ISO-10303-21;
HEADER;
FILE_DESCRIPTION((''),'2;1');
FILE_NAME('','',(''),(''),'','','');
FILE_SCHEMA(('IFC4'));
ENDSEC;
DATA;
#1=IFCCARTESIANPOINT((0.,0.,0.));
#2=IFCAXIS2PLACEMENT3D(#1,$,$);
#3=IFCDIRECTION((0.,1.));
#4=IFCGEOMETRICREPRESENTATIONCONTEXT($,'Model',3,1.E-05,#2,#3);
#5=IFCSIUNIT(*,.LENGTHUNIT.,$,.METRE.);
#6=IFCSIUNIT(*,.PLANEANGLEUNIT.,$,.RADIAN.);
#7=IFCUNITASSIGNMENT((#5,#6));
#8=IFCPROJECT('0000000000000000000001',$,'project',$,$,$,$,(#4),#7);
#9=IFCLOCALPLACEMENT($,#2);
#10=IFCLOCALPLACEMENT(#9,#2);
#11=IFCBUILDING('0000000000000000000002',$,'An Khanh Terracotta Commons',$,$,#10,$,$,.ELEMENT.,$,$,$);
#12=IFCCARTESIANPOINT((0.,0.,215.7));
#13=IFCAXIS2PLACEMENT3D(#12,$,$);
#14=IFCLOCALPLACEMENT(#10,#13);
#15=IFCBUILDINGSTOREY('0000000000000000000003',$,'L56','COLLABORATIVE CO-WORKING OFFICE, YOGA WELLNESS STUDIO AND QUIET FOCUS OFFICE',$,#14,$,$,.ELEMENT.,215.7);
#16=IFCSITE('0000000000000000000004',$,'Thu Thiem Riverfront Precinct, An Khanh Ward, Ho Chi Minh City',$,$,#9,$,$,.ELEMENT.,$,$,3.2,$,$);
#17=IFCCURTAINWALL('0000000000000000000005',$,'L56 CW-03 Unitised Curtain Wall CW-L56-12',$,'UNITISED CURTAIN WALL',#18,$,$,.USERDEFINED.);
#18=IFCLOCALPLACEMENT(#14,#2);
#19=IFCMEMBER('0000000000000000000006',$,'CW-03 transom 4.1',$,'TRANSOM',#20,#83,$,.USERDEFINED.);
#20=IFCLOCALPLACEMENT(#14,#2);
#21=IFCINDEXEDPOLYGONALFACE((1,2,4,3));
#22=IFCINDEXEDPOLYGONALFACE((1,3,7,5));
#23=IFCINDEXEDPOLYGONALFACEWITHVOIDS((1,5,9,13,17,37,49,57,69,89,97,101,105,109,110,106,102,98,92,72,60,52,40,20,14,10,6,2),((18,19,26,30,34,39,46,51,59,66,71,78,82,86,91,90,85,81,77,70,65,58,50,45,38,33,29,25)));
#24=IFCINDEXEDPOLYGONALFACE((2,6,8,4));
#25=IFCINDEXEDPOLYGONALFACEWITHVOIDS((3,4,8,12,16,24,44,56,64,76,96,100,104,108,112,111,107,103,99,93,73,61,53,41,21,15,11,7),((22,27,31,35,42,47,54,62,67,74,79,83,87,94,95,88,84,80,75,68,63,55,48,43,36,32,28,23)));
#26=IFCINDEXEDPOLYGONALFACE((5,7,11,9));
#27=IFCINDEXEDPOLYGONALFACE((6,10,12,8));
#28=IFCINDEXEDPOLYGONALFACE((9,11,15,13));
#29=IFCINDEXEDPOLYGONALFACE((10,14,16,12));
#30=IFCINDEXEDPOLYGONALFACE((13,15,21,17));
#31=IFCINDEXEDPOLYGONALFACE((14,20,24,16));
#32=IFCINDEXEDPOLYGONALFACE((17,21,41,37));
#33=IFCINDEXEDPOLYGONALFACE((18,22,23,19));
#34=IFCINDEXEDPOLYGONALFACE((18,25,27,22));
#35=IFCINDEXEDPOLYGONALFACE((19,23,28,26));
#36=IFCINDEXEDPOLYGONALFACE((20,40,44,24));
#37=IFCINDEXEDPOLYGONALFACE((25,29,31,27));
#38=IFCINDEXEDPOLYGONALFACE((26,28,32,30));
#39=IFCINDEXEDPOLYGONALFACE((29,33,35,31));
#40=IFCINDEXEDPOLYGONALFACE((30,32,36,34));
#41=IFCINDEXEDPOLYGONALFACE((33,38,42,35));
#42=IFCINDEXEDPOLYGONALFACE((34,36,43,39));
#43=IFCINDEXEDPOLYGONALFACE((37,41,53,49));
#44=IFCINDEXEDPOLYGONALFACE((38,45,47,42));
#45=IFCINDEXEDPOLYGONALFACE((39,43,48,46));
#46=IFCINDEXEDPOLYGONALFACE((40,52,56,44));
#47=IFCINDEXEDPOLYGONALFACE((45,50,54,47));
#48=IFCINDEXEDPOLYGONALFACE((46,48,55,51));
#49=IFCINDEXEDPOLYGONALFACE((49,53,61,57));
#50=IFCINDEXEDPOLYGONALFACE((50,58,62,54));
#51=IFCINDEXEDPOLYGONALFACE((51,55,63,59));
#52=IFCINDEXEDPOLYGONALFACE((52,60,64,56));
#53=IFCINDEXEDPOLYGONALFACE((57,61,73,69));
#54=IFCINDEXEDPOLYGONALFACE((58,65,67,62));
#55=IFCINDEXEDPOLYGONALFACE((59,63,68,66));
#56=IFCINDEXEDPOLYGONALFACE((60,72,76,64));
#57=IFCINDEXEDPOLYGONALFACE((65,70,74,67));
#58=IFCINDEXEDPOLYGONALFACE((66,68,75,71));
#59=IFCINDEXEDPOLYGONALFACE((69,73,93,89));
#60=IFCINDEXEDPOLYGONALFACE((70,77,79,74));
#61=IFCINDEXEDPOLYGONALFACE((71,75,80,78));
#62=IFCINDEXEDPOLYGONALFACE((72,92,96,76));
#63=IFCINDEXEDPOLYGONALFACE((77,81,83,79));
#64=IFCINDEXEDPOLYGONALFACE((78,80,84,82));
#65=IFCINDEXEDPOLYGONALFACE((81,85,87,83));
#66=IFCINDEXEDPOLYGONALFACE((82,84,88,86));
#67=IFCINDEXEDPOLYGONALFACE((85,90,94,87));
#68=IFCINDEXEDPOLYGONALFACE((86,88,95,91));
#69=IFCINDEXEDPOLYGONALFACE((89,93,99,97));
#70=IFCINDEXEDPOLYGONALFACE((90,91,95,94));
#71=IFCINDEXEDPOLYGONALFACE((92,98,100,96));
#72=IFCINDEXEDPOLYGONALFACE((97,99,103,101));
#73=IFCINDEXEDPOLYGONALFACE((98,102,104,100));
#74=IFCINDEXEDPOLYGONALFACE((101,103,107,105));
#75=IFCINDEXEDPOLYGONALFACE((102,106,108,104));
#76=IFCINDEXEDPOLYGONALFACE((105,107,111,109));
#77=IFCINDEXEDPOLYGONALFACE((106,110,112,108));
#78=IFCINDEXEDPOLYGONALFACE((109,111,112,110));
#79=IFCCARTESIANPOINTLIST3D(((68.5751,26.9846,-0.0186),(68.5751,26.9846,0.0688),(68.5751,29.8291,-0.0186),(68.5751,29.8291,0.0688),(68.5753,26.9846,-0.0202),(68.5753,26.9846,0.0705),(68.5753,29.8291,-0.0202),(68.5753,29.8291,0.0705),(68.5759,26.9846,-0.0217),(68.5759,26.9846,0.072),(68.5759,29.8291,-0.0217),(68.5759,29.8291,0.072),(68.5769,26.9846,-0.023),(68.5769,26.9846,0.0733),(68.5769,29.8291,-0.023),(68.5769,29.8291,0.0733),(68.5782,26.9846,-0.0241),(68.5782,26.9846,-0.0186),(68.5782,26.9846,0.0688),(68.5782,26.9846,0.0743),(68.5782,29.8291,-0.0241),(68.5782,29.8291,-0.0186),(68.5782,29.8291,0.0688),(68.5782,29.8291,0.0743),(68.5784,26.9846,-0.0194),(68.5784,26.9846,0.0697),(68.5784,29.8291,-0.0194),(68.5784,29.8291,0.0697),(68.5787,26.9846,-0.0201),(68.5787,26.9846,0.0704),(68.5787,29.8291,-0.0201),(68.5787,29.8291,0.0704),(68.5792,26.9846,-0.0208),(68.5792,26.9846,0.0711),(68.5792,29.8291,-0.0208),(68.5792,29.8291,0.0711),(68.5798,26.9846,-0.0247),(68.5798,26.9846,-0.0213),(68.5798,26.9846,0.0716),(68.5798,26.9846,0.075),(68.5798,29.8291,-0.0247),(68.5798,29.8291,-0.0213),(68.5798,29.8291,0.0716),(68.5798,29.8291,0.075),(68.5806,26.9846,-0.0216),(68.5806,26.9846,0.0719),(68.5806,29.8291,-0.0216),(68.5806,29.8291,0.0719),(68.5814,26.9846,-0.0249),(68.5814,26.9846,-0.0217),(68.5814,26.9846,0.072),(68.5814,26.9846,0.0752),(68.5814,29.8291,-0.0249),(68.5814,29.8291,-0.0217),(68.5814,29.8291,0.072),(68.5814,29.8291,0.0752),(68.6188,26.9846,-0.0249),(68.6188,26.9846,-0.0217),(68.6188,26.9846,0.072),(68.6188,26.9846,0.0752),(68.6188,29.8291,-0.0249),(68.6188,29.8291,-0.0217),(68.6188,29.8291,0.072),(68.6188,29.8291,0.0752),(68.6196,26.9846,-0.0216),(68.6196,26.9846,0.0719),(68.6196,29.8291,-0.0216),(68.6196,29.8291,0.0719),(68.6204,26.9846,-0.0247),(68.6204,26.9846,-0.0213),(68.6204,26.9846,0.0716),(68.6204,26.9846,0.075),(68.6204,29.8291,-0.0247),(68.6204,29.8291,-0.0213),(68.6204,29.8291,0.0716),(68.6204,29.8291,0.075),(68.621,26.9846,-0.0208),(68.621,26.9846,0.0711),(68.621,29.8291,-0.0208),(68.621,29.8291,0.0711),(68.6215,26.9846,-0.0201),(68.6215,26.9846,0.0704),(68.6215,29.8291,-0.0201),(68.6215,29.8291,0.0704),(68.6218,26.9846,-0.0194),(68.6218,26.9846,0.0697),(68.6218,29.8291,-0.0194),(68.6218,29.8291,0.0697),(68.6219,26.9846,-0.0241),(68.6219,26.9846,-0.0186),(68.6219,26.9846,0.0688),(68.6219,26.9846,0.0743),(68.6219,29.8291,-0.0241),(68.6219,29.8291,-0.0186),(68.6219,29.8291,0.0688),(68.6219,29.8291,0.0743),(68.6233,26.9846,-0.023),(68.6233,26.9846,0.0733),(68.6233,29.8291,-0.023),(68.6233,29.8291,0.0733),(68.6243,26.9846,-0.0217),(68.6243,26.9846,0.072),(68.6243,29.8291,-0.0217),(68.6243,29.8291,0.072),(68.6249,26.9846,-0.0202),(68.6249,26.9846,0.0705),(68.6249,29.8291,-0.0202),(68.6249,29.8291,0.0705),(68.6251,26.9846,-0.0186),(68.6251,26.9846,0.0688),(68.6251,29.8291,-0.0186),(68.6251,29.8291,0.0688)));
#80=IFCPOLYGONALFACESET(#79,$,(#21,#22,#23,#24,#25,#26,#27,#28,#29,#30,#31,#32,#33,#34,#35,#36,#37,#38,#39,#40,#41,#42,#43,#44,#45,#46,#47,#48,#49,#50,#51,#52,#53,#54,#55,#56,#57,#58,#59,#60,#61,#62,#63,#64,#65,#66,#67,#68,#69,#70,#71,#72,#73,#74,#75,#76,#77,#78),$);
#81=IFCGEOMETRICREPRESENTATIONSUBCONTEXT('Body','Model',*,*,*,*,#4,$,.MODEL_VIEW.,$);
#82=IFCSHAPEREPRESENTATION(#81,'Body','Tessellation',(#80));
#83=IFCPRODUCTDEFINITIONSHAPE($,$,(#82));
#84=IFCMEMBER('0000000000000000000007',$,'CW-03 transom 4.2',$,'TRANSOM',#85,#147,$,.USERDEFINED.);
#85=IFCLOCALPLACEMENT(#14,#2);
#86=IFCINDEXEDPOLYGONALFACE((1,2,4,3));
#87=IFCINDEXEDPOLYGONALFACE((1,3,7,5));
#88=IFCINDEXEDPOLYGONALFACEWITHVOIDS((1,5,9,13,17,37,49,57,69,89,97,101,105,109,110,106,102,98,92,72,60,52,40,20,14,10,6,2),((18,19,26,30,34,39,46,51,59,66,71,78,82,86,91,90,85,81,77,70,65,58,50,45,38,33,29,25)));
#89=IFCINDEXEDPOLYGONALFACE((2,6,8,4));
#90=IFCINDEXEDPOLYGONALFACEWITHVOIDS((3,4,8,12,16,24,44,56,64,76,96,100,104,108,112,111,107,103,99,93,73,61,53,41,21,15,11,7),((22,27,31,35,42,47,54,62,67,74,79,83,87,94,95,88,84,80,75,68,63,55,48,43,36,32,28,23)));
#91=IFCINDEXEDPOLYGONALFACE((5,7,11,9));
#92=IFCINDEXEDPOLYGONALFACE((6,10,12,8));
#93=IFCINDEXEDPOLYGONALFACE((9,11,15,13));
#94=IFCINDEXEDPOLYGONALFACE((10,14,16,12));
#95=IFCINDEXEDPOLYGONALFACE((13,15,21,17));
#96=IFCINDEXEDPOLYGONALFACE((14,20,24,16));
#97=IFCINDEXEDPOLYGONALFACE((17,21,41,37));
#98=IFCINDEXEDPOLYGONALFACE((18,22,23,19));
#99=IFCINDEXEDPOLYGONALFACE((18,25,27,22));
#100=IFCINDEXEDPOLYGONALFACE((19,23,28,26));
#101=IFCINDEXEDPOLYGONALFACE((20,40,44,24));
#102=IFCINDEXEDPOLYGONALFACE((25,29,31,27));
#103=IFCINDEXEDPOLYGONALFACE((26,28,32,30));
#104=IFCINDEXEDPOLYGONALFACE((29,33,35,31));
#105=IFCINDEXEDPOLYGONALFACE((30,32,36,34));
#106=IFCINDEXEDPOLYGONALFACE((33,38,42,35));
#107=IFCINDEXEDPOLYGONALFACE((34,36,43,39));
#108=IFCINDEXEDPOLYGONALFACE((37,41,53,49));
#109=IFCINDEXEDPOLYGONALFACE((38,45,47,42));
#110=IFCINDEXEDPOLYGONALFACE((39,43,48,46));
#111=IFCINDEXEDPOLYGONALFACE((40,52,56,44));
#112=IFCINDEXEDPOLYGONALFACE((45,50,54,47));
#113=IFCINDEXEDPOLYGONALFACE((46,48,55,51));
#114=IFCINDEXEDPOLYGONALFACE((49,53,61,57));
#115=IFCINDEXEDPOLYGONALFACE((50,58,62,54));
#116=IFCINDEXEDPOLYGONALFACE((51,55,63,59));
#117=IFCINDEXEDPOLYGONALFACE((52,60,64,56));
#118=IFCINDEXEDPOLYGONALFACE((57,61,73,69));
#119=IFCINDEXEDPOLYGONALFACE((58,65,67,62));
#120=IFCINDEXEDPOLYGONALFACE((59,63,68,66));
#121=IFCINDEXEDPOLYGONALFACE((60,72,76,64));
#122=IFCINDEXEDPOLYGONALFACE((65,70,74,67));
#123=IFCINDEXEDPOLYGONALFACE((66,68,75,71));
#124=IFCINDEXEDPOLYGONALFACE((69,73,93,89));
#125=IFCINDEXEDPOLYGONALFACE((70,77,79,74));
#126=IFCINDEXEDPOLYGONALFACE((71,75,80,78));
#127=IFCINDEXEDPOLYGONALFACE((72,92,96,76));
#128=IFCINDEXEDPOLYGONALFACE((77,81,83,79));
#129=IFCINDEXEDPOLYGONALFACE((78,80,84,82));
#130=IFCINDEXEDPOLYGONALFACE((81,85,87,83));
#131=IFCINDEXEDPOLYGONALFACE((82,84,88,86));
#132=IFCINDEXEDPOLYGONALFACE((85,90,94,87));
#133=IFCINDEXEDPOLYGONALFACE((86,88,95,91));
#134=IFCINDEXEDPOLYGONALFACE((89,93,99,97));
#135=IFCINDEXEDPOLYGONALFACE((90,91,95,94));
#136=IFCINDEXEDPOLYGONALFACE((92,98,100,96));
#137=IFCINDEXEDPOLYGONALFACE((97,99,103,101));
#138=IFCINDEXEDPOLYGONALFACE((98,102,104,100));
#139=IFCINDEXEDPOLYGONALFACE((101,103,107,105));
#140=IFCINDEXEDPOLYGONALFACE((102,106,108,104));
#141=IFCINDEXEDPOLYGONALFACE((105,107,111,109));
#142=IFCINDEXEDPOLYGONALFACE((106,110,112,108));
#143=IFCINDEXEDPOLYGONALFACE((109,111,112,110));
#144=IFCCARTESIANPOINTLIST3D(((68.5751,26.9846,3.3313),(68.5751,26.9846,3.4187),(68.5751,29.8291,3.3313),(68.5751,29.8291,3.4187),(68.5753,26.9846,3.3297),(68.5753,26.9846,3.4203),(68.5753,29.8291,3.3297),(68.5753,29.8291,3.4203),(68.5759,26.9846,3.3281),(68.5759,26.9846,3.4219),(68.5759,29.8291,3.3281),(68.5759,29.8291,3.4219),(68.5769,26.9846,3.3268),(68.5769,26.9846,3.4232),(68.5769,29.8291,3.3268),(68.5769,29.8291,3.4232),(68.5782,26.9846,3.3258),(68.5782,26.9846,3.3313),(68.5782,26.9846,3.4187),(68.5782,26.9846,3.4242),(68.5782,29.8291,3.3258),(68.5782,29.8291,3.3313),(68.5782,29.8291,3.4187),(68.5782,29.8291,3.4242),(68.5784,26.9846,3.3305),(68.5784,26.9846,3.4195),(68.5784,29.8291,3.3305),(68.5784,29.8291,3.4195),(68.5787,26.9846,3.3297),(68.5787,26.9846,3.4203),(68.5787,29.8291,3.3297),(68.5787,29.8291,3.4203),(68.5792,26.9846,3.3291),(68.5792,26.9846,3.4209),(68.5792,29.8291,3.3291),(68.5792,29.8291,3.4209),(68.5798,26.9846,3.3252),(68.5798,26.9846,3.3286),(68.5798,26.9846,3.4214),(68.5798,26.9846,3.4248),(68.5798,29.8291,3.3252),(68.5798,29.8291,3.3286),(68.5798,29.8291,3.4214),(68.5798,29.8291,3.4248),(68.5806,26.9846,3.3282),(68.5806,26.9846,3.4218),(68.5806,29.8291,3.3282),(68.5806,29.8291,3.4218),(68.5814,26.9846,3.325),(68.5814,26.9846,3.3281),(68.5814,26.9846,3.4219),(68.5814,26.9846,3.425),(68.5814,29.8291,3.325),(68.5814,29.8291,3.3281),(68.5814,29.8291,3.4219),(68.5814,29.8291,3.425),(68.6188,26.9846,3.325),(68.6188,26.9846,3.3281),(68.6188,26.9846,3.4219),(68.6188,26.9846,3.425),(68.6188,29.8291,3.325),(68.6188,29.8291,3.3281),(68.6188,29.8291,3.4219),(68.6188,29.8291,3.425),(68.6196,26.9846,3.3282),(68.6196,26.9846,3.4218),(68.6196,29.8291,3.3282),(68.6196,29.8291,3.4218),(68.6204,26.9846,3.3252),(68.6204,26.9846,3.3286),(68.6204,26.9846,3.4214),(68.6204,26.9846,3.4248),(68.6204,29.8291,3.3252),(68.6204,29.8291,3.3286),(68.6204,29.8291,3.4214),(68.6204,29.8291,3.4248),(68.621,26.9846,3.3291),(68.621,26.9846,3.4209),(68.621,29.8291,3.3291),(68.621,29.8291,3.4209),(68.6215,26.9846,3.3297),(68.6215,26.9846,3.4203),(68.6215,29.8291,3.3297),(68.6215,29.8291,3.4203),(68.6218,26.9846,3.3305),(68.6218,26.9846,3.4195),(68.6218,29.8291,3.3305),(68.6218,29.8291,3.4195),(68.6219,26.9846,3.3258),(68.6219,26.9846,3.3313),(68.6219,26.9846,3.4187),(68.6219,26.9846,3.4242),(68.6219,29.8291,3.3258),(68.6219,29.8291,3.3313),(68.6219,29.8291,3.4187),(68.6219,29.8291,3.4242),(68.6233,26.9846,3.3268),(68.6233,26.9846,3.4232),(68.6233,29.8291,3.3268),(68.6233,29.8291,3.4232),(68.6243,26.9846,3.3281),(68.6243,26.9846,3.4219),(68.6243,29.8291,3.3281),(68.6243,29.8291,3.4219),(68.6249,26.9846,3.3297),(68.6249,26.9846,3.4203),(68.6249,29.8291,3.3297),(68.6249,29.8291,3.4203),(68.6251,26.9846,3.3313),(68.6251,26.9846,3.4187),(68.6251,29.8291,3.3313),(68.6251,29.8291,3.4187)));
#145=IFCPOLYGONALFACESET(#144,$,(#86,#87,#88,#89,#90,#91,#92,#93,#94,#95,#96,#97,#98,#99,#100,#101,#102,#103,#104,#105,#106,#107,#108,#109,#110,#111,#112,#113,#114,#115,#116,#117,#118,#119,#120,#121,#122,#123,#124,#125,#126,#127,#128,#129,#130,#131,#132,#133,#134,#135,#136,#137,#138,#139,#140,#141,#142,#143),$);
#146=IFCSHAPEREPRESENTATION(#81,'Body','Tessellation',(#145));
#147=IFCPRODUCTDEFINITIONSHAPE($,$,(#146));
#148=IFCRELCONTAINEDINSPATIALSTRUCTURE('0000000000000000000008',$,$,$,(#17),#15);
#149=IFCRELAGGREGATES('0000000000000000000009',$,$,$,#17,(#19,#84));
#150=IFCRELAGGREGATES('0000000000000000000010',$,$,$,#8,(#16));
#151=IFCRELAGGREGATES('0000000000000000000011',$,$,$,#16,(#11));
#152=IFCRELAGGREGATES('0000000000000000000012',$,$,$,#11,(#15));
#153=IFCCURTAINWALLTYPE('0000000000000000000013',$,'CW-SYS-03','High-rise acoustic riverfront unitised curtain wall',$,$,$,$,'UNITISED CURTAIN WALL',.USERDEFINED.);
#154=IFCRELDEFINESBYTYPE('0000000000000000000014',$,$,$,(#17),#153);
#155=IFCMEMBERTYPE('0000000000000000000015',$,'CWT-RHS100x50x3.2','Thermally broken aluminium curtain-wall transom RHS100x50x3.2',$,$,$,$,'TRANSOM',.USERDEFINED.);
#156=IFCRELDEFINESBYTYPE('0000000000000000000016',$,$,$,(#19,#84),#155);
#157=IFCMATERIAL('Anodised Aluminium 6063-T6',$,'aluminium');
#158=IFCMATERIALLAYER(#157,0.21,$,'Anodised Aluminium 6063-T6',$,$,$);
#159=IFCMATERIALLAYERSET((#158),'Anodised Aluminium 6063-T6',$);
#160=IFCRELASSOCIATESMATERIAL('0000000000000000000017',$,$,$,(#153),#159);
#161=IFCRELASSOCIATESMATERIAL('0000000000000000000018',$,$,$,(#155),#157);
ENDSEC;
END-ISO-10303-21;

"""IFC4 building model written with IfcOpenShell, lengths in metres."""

from ifc_helpers import new_model, si_unit, direction, frame, origin, origin_2d, place, context, subcontext, project, spatial, hollow_rectangle, extrude, material, layer, layer_set, material_profile, profile_set, type_object, element, aggregate, save


model = new_model("IFC4")

# Units and contexts
model_context = context("Model", 3, precision=1e-05, world=origin(), true_north=direction((0.0, 1.0)))
body_context = subcontext(model_context, "Body", "Model", "MODEL_VIEW")
ifc_project = project(units=[si_unit("LENGTHUNIT", "METRE"), si_unit("PLANEANGLEUNIT", "RADIAN")], contexts=[model_context])

# Site, building, storey
site_placement = place(None, origin())
site = spatial("IfcSite", under=ifc_project, at=site_placement, Name="Thu Thiem Riverfront Precinct, An Khanh Ward, Ho Chi Minh City", CompositionType="ELEMENT", RefElevation=3.2)
building_placement = place(site_placement, origin())
building = spatial("IfcBuilding", under=site, at=building_placement, Name="An Khanh Terracotta Commons", CompositionType="ELEMENT")
storey_placement = place(building_placement, frame((0.0, 0.0, 215.7)))
storey = spatial("IfcBuildingStorey", under=building, at=storey_placement, Name="L56", Description="COLLABORATIVE CO-WORKING OFFICE, YOGA WELLNESS STUDIO AND QUIET FOCUS OFFICE", CompositionType="ELEMENT", Elevation=215.7)

# Curtain wall
ifc_material_1 = material(Name="Anodised Aluminium 6063-T6", Category="aluminium")
ifc_layer_1 = layer(ifc_material_1, 0.21, Name="Anodised Aluminium 6063-T6")
ifc_layer_set_1 = layer_set([ifc_layer_1], Name="Anodised Aluminium 6063-T6")
curtain_wall_type = type_object("IfcCurtainWallType", Name="CW-SYS-03", Description="High-rise acoustic riverfront unitised curtain wall", ElementType="UNITISED CURTAIN WALL", PredefinedType="USERDEFINED", material=ifc_layer_set_1)
curtain_wall_1_placement = place(storey_placement, origin())
curtain_wall_1 = element("IfcCurtainWall", 1, at=curtain_wall_1_placement, inside=storey, type_object=curtain_wall_type, Name="L56 CW-03 Unitised Curtain Wall CW-L56-12", ObjectType="UNITISED CURTAIN WALL", PredefinedType="USERDEFINED")

# Members
ifc_material_profile_1 = material_profile(ifc_material_1, hollow_rectangle(XDim=0.05, YDim=0.1001, WallThickness=0.0032, InnerFilletRadius=0.0032, OuterFilletRadius=0.0063, at=origin_2d()), Name="RHS100x50x3.2")
ifc_profile_set_1 = profile_set([ifc_material_profile_1], Name="Anodised Aluminium 6063-T6")
member_type_1 = type_object("IfcMemberType", Name="CWT-RHS100x50x3.2", Description="Thermally broken aluminium curtain-wall transom RHS100x50x3.2", ElementType="TRANSOM", PredefinedType="USERDEFINED", material=ifc_profile_set_1)
member_1_placement = place(storey_placement, frame((68.6001, 26.9846, 0.0251), z_axis=(0.0, 1.0, 0.0), x_axis=(-1.0, 0.0, 0.0)))
member_1 = element("IfcMember", 2, at=member_1_placement, type_object=member_type_1, Name="CW-03 transom 4.1", ObjectType="TRANSOM", PredefinedType="USERDEFINED", context=body_context, shape_type="SweptSolid", body=[
    extrude(hollow_rectangle(XDim=0.05, YDim=0.1001, WallThickness=0.0032, InnerFilletRadius=0.0032, OuterFilletRadius=0.0063, at=origin_2d()), origin(), (0.0, 0.0, 1.0), 2.8445),
])
member_2_placement = place(storey_placement, frame((68.6001, 26.9846, 3.375), z_axis=(0.0, 1.0, 0.0), x_axis=(-1.0, 0.0, 0.0)))
member_2 = element("IfcMember", 3, at=member_2_placement, type_object=member_type_1, Name="CW-03 transom 4.2", ObjectType="TRANSOM", PredefinedType="USERDEFINED", context=body_context, shape_type="SweptSolid", body=[
    extrude(hollow_rectangle(XDim=0.05, YDim=0.1001, WallThickness=0.0032, InnerFilletRadius=0.0032, OuterFilletRadius=0.0063, at=origin_2d()), origin(), (0.0, 0.0, 1.0), 2.8445),
])

aggregate(curtain_wall_1, [member_1, member_2])

save(model, "model.ifc")
